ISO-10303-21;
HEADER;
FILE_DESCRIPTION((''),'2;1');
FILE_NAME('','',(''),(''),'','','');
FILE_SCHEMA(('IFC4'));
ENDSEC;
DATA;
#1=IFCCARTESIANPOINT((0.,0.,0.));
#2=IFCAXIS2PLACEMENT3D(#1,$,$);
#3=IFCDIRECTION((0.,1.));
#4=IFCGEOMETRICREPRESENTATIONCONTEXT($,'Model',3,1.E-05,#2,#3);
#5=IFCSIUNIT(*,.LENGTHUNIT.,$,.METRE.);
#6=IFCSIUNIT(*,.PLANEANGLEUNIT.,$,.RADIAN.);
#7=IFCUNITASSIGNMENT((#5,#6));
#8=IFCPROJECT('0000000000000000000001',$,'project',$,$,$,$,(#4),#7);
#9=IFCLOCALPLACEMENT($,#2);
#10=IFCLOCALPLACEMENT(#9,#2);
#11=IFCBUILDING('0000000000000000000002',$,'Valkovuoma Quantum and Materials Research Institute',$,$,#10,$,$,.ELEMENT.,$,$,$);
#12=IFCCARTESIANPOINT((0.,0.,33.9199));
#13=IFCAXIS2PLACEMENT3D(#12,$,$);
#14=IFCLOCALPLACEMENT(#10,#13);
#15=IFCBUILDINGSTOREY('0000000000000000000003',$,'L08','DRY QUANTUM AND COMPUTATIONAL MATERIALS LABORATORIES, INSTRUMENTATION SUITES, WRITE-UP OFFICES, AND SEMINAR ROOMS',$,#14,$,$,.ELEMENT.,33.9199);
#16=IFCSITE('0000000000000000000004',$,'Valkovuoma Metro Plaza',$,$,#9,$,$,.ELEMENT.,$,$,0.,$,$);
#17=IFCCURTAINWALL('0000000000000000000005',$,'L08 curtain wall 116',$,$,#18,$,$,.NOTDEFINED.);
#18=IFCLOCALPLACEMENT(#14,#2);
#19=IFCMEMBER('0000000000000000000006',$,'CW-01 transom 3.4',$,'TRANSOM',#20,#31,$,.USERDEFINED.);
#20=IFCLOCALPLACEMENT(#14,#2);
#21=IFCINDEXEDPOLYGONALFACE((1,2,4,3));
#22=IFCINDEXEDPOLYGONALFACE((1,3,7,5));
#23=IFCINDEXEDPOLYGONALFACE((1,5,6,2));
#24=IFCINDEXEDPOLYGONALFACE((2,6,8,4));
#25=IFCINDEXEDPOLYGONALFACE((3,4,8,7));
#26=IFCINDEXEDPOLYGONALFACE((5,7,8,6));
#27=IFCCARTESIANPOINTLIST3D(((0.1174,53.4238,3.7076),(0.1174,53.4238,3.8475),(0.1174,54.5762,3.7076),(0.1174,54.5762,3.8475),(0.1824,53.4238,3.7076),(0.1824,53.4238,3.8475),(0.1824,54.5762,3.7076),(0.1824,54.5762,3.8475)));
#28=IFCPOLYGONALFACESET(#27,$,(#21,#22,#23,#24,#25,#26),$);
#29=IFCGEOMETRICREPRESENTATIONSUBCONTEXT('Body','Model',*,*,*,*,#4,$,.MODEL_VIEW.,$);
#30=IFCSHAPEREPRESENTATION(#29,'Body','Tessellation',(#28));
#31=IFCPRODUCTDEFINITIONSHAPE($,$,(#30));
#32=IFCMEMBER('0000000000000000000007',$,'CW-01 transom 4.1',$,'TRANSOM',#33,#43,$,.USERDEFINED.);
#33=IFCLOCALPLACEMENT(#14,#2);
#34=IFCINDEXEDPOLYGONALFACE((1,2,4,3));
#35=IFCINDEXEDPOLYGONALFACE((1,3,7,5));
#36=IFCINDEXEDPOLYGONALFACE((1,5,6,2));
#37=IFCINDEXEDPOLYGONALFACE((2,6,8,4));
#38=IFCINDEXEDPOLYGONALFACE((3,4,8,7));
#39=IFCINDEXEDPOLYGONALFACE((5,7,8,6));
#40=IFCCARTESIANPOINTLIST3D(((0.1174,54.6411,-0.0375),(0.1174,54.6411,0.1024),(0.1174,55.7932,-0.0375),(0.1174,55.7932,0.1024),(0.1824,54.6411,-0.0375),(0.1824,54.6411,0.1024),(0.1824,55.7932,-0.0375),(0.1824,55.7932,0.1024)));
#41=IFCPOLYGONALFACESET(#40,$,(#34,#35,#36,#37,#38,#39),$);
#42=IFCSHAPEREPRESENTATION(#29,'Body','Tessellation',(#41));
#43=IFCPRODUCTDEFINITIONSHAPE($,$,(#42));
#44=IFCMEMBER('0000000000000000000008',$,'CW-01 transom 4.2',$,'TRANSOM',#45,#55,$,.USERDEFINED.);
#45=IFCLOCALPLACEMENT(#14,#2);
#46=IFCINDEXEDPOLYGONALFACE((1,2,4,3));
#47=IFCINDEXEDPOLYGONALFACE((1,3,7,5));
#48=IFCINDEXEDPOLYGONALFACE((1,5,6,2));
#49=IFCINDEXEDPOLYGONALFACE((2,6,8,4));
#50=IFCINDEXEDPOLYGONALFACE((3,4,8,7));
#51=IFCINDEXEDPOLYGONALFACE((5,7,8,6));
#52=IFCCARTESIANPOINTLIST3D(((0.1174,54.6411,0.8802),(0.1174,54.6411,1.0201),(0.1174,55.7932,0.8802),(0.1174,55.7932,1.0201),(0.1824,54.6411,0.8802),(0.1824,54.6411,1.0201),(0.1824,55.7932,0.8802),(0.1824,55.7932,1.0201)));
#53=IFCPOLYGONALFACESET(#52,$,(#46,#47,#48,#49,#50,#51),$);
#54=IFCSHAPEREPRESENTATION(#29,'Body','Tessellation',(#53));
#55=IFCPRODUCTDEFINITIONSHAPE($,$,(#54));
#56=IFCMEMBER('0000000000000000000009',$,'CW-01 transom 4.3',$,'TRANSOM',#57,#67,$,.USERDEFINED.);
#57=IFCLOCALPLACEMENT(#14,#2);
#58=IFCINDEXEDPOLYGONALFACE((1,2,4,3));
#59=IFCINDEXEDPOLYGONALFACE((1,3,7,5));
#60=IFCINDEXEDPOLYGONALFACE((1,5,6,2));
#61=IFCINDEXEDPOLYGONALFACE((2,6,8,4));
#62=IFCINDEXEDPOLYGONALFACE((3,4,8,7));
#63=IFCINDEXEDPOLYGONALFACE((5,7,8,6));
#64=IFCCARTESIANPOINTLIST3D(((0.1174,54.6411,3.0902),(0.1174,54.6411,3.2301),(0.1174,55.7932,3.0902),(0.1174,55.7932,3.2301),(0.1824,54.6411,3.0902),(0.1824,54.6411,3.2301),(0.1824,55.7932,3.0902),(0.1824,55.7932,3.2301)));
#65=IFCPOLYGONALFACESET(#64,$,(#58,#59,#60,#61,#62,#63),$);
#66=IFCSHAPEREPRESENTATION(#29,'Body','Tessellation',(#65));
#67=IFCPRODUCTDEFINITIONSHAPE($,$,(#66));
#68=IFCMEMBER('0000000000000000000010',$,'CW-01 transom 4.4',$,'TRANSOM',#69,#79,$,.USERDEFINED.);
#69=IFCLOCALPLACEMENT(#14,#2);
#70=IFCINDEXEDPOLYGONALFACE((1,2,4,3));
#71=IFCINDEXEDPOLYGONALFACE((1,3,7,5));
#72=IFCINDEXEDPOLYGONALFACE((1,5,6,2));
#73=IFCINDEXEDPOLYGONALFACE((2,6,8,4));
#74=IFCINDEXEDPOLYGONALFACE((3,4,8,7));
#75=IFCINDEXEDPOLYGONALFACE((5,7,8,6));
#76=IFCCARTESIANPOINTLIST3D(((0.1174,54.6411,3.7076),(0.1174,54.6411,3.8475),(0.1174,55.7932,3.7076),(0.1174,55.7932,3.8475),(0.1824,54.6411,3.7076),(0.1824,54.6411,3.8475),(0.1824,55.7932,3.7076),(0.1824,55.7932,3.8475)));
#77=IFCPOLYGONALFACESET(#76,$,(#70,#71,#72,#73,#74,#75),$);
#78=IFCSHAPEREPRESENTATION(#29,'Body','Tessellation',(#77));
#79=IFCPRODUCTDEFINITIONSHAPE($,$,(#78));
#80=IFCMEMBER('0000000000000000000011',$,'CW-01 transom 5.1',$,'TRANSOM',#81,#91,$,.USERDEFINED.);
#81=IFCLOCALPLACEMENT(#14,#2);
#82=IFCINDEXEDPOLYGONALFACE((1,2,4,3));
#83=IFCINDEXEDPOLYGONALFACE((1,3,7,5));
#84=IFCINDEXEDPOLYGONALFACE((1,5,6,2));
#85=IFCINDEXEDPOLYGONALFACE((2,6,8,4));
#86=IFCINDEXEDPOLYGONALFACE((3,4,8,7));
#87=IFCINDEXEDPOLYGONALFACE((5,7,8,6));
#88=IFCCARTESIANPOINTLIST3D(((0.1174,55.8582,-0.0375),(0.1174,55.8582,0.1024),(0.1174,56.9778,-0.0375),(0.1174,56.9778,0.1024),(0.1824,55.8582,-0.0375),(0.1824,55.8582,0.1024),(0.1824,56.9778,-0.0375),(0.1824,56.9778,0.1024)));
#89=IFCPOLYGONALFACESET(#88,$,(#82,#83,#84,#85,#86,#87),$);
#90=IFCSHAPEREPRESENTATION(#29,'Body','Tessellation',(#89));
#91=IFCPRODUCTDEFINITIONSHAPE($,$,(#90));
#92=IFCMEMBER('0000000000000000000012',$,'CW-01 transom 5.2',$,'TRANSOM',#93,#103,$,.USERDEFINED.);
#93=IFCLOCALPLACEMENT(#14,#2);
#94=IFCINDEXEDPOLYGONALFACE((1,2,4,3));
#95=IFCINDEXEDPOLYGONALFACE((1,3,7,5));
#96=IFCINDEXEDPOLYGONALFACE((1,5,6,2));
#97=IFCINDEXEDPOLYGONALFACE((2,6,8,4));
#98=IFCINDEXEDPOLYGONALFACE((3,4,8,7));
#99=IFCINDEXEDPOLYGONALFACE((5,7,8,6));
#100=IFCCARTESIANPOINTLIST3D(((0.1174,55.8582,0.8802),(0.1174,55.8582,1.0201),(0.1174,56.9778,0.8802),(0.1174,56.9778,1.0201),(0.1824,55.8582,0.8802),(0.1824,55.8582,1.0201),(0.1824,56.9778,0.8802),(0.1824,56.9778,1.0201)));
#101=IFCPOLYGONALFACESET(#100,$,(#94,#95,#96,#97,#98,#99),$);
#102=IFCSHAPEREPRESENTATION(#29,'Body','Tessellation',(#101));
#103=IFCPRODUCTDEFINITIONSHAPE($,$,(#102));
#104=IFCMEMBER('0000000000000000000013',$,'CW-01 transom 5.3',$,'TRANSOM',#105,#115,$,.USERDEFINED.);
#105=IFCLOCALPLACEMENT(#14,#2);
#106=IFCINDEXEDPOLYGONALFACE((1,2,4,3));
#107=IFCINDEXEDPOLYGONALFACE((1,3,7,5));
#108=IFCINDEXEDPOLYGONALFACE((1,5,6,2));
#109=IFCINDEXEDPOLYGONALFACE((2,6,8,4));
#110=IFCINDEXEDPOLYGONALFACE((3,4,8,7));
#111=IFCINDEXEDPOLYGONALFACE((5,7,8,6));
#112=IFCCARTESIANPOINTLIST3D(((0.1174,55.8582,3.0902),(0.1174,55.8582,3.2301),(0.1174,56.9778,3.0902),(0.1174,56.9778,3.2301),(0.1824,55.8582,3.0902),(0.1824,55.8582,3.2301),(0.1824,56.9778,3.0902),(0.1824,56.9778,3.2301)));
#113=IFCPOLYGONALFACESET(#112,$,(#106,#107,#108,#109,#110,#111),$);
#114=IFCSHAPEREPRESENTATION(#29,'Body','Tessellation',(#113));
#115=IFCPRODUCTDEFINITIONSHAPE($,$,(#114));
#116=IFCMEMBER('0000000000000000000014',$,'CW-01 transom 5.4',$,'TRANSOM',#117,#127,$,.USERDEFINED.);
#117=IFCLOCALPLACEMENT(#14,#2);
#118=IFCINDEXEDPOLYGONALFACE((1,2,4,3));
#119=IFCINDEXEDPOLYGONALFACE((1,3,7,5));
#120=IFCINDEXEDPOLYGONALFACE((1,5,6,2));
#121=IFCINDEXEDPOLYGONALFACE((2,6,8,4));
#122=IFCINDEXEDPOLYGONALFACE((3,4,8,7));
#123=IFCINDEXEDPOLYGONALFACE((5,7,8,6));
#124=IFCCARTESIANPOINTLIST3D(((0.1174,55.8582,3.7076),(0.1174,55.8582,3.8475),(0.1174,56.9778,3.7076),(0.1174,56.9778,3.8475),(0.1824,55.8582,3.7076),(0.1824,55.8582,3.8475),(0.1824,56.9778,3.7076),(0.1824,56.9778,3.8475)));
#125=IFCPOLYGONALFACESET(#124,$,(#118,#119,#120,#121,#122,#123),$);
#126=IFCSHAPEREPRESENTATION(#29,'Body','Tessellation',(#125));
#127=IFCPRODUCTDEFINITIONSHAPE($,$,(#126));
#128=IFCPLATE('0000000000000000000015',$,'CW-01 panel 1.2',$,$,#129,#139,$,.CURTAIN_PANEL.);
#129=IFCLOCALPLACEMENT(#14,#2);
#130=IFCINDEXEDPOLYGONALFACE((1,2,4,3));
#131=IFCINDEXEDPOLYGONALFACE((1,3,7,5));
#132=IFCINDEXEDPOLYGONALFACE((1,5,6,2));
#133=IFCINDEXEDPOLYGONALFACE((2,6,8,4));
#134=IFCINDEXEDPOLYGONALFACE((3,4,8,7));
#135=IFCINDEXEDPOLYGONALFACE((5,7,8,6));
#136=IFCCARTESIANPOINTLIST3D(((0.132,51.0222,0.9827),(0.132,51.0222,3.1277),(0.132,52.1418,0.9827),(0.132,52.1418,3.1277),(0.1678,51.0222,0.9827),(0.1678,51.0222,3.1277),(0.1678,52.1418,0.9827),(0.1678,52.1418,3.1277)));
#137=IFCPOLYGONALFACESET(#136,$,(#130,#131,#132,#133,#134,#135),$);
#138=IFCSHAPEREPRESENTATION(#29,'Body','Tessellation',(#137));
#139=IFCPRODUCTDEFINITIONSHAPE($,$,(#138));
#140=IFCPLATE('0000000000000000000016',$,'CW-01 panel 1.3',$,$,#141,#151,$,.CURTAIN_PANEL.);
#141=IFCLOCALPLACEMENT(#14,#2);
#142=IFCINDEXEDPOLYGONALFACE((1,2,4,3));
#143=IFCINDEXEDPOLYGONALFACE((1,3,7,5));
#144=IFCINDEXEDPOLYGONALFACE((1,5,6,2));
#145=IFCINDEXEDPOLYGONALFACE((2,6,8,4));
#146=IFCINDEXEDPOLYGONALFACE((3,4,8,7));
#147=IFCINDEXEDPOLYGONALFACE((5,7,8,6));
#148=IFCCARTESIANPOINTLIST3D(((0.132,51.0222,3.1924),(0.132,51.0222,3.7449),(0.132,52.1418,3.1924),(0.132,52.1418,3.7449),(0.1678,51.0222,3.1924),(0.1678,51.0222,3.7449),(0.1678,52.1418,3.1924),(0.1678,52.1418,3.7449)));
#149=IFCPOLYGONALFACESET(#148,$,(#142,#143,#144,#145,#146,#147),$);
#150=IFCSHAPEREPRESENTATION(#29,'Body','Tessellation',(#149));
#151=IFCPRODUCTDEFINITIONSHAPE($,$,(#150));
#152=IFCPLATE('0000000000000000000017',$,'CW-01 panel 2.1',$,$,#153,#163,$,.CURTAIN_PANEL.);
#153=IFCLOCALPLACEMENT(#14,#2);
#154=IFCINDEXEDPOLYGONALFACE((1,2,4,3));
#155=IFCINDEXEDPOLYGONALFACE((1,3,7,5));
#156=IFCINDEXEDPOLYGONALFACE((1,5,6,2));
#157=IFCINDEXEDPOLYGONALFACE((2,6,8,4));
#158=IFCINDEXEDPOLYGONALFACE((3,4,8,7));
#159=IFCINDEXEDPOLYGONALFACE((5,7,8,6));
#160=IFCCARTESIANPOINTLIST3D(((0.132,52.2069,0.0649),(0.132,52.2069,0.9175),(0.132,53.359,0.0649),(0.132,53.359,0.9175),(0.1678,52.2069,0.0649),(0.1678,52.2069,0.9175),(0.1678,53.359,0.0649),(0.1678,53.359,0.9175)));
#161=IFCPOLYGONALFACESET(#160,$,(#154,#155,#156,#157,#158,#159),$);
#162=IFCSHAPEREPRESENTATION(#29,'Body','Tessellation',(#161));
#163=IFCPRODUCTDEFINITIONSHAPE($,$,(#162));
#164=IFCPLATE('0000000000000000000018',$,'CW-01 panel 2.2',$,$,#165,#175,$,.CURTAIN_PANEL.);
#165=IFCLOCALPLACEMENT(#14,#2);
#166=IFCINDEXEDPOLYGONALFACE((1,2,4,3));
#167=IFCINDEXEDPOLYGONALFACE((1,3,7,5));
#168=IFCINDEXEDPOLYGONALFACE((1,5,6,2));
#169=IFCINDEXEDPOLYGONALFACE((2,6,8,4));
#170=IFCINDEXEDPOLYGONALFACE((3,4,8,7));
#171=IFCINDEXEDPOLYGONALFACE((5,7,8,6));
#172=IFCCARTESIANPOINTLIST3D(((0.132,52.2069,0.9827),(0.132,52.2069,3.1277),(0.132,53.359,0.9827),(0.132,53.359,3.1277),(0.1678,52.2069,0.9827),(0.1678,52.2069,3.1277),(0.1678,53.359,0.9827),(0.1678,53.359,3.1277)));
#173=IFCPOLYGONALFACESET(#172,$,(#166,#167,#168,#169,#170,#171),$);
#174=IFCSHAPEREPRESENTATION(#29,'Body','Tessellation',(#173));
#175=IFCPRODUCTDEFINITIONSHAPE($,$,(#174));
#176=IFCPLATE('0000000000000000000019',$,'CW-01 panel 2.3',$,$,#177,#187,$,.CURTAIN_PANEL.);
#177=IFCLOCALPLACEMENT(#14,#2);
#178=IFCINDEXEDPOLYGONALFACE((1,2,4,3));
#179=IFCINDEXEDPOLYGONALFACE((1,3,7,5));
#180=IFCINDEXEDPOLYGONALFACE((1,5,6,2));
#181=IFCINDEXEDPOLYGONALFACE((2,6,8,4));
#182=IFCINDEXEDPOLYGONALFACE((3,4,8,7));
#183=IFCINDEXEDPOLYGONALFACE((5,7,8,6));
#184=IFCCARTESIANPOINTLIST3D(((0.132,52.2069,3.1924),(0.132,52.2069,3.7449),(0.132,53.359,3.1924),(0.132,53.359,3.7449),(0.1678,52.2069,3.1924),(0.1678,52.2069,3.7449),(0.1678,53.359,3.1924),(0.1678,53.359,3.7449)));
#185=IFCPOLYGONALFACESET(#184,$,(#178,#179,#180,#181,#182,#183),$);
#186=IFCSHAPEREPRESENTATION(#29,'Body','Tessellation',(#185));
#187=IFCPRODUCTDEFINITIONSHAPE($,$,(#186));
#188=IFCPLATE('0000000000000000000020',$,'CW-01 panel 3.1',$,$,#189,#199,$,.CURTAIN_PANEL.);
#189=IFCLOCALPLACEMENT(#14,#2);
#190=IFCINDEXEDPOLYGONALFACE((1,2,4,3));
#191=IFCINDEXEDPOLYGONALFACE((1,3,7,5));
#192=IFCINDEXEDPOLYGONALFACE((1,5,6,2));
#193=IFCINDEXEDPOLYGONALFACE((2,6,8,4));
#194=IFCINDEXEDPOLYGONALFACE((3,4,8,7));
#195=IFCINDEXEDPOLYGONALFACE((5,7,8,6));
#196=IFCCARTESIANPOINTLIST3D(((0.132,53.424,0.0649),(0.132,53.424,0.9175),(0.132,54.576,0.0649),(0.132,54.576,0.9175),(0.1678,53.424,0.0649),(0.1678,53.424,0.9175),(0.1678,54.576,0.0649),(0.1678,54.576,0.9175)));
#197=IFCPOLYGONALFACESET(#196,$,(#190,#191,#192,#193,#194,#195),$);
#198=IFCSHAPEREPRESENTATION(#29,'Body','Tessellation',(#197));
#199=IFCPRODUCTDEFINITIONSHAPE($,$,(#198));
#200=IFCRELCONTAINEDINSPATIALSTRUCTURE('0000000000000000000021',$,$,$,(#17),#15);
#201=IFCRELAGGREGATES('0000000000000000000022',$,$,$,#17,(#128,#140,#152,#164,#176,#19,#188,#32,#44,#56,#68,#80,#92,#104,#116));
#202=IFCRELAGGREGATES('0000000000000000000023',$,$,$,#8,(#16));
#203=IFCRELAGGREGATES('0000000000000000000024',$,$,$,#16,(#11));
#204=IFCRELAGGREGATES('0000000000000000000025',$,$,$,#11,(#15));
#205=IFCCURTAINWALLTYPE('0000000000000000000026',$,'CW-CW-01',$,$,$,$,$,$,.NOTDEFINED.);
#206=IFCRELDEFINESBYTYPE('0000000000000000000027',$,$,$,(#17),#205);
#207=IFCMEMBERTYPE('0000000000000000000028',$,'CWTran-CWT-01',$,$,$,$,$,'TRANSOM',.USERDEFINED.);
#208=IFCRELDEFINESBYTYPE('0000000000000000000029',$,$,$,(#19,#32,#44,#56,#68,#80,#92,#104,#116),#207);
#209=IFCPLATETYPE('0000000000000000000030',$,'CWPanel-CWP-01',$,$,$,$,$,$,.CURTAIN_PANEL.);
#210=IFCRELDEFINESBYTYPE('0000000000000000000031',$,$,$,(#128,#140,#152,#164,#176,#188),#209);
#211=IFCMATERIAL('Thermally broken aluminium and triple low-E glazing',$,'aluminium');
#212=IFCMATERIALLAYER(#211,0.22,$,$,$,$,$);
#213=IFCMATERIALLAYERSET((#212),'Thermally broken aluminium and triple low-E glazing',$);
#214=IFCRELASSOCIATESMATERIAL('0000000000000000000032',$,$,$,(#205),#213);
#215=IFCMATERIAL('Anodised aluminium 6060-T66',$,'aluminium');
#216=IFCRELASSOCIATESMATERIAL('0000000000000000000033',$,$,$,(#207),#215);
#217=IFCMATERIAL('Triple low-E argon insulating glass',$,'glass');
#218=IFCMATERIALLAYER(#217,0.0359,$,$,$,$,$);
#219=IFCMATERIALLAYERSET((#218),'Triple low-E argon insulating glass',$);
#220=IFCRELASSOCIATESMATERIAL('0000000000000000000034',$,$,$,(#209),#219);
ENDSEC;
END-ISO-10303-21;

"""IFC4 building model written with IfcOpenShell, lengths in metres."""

from ifc_helpers import new_model, si_unit, direction, frame, origin, origin_2d, place, context, subcontext, project, spatial, rectangle, extrude, material, layer, layer_set, material_profile, profile_set, type_object, element, aggregate, save


model = new_model("IFC4")

# Units and contexts
model_context = context("Model", 3, precision=1e-05, world=origin(), true_north=direction((0.0, 1.0)))
body_context = subcontext(model_context, "Body", "Model", "MODEL_VIEW")
ifc_project = project(units=[si_unit("LENGTHUNIT", "METRE"), si_unit("PLANEANGLEUNIT", "RADIAN")], contexts=[model_context])

# Site, building, storey
site_placement = place(None, origin())
site = spatial("IfcSite", under=ifc_project, at=site_placement, Name="Valkovuoma Metro Plaza", CompositionType="ELEMENT", RefElevation=0.0)
building_placement = place(site_placement, origin())
building = spatial("IfcBuilding", under=site, at=building_placement, Name="Valkovuoma Quantum and Materials Research Institute", CompositionType="ELEMENT")
storey_placement = place(building_placement, frame((0.0, 0.0, 33.9199)))
storey = spatial("IfcBuildingStorey", under=building, at=storey_placement, Name="L08", Description="DRY QUANTUM AND COMPUTATIONAL MATERIALS LABORATORIES, INSTRUMENTATION SUITES, WRITE-UP OFFICES, AND SEMINAR ROOMS", CompositionType="ELEMENT", Elevation=33.9199)

# Curtain wall, members, plates
ifc_material_1 = material(Name="Thermally broken aluminium and triple low-E glazing", Category="aluminium")
ifc_layer_1 = layer(ifc_material_1, 0.22)
ifc_layer_set_1 = layer_set([ifc_layer_1], Name="Thermally broken aluminium and triple low-E glazing")
curtain_wall_type = type_object("IfcCurtainWallType", Name="CW-CW-01", PredefinedType="NOTDEFINED", material=ifc_layer_set_1)
curtain_wall_placement = place(storey_placement, origin())
curtain_wall = element("IfcCurtainWall", 1, at=curtain_wall_placement, inside=storey, type_object=curtain_wall_type, Name="L08 curtain wall 116", PredefinedType="NOTDEFINED")
ifc_material_2 = material(Name="Anodised aluminium 6060-T66", Category="aluminium")
ifc_material_profile_1 = material_profile(ifc_material_2, rectangle(XDim=0.0649, YDim=0.1399, at=origin_2d()), Name="Anodised aluminium 6060-T66")
ifc_profile_set_1 = profile_set([ifc_material_profile_1], Name="Anodised aluminium 6060-T66")
member_type_1 = type_object("IfcMemberType", Name="CWTran-CWT-01", ElementType="TRANSOM", PredefinedType="USERDEFINED", material=ifc_profile_set_1)
member_1_placement = place(storey_placement, frame((0.1499, 53.4238, 3.7776), z_axis=(0.0, 1.0, 0.0), x_axis=(-1.0, 0.0, 0.0)))
member_1 = element("IfcMember", 2, at=member_1_placement, type_object=member_type_1, Name="CW-01 transom 3.4", ObjectType="TRANSOM", PredefinedType="USERDEFINED", context=body_context, shape_type="SweptSolid", body=[
    extrude(rectangle(XDim=0.0649, YDim=0.1399, at=origin_2d()), origin(), (0.0, 0.0, 1.0), 1.1523),
])
member_2_placement = place(storey_placement, frame((0.1499, 54.6411, 0.0325), z_axis=(0.0, 1.0, 0.0), x_axis=(-1.0, 0.0, 0.0)))
member_2 = element("IfcMember", 3, at=member_2_placement, type_object=member_type_1, Name="CW-01 transom 4.1", ObjectType="TRANSOM", PredefinedType="USERDEFINED", context=body_context, shape_type="SweptSolid", body=[
    extrude(rectangle(XDim=0.0649, YDim=0.1399, at=origin_2d()), origin(), (0.0, 0.0, 1.0), 1.1521),
])
member_3_placement = place(storey_placement, frame((0.1499, 54.6411, 0.9502), z_axis=(0.0, 1.0, 0.0), x_axis=(-1.0, 0.0, 0.0)))
member_3 = element("IfcMember", 4, at=member_3_placement, type_object=member_type_1, Name="CW-01 transom 4.2", ObjectType="TRANSOM", PredefinedType="USERDEFINED", context=body_context, shape_type="SweptSolid", body=[
    extrude(rectangle(XDim=0.0649, YDim=0.1399, at=origin_2d()), origin(), (0.0, 0.0, 1.0), 1.1521),
])
member_4_placement = place(storey_placement, frame((0.1499, 54.6411, 3.1602), z_axis=(0.0, 1.0, 0.0), x_axis=(-1.0, 0.0, 0.0)))
member_4 = element("IfcMember", 5, at=member_4_placement, type_object=member_type_1, Name="CW-01 transom 4.3", ObjectType="TRANSOM", PredefinedType="USERDEFINED", context=body_context, shape_type="SweptSolid", body=[
    extrude(rectangle(XDim=0.0649, YDim=0.1399, at=origin_2d()), origin(), (0.0, 0.0, 1.0), 1.1521),
])
member_5_placement = place(storey_placement, frame((0.1499, 54.6411, 3.7776), z_axis=(0.0, 1.0, 0.0), x_axis=(-1.0, 0.0, 0.0)))
member_5 = element("IfcMember", 6, at=member_5_placement, type_object=member_type_1, Name="CW-01 transom 4.4", ObjectType="TRANSOM", PredefinedType="USERDEFINED", context=body_context, shape_type="SweptSolid", body=[
    extrude(rectangle(XDim=0.0649, YDim=0.1399, at=origin_2d()), origin(), (0.0, 0.0, 1.0), 1.1521),
])
member_6_placement = place(storey_placement, frame((0.1499, 55.8582, 0.0325), z_axis=(0.0, 1.0, 0.0), x_axis=(-1.0, 0.0, 0.0)))
member_6 = element("IfcMember", 7, at=member_6_placement, type_object=member_type_1, Name="CW-01 transom 5.1", ObjectType="TRANSOM", PredefinedType="USERDEFINED", context=body_context, shape_type="SweptSolid", body=[
    extrude(rectangle(XDim=0.0649, YDim=0.1399, at=origin_2d()), origin(), (0.0, 0.0, 1.0), 1.1196),
])
member_7_placement = place(storey_placement, frame((0.1499, 55.8582, 0.9502), z_axis=(0.0, 1.0, 0.0), x_axis=(-1.0, 0.0, 0.0)))
member_7 = element("IfcMember", 8, at=member_7_placement, type_object=member_type_1, Name="CW-01 transom 5.2", ObjectType="TRANSOM", PredefinedType="USERDEFINED", context=body_context, shape_type="SweptSolid", body=[
    extrude(rectangle(XDim=0.0649, YDim=0.1399, at=origin_2d()), origin(), (0.0, 0.0, 1.0), 1.1196),
])
member_8_placement = place(storey_placement, frame((0.1499, 55.8582, 3.1602), z_axis=(0.0, 1.0, 0.0), x_axis=(-1.0, 0.0, 0.0)))
member_8 = element("IfcMember", 9, at=member_8_placement, type_object=member_type_1, Name="CW-01 transom 5.3", ObjectType="TRANSOM", PredefinedType="USERDEFINED", context=body_context, shape_type="SweptSolid", body=[
    extrude(rectangle(XDim=0.0649, YDim=0.1399, at=origin_2d()), origin(), (0.0, 0.0, 1.0), 1.1196),
])
member_9_placement = place(storey_placement, frame((0.1499, 55.8582, 3.7776), z_axis=(0.0, 1.0, 0.0), x_axis=(-1.0, 0.0, 0.0)))
member_9 = element("IfcMember", 10, at=member_9_placement, type_object=member_type_1, Name="CW-01 transom 5.4", ObjectType="TRANSOM", PredefinedType="USERDEFINED", context=body_context, shape_type="SweptSolid", body=[
    extrude(rectangle(XDim=0.0649, YDim=0.1399, at=origin_2d()), origin(), (0.0, 0.0, 1.0), 1.1196),
])
ifc_material_3 = material(Name="Triple low-E argon insulating glass", Category="glass")
ifc_layer_2 = layer(ifc_material_3, 0.0359)
ifc_layer_set_2 = layer_set([ifc_layer_2], Name="Triple low-E argon insulating glass")
plate_type = type_object("IfcPlateType", Name="CWPanel-CWP-01", PredefinedType="CURTAIN_PANEL", material=ifc_layer_set_2)
plate_1_placement = place(storey_placement, frame((0.1499, 51.582, 0.9827), z_axis=(0.0, 0.0, 1.0), x_axis=(0.0, 1.0, 0.0)))
plate_1 = element("IfcPlate", 11, at=plate_1_placement, type_object=plate_type, Name="CW-01 panel 1.2", PredefinedType="CURTAIN_PANEL", context=body_context, shape_type="SweptSolid", body=[
    extrude(rectangle(XDim=1.1196, YDim=0.0359, at=origin_2d()), origin(), (0.0, 0.0, 1.0), 2.145),
])
plate_2_placement = place(storey_placement, frame((0.1499, 51.582, 3.1924), z_axis=(0.0, 0.0, 1.0), x_axis=(0.0, 1.0, 0.0)))
plate_2 = element("IfcPlate", 12, at=plate_2_placement, type_object=plate_type, Name="CW-01 panel 1.3", PredefinedType="CURTAIN_PANEL", context=body_context, shape_type="SweptSolid", body=[
    extrude(rectangle(XDim=1.1196, YDim=0.0359, at=origin_2d()), origin(), (0.0, 0.0, 1.0), 0.5525),
])
plate_3_placement = place(storey_placement, frame((0.1499, 52.783, 0.0649), z_axis=(0.0, 0.0, 1.0), x_axis=(0.0, 1.0, 0.0)))
plate_3 = element("IfcPlate", 13, at=plate_3_placement, type_object=plate_type, Name="CW-01 panel 2.1", PredefinedType="CURTAIN_PANEL", context=body_context, shape_type="SweptSolid", body=[
    extrude(rectangle(XDim=1.1521, YDim=0.0359, at=origin_2d()), origin(), (0.0, 0.0, 1.0), 0.8525),
])
plate_4_placement = place(storey_placement, frame((0.1499, 52.783, 0.9827), z_axis=(0.0, 0.0, 1.0), x_axis=(0.0, 1.0, 0.0)))
plate_4 = element("IfcPlate", 14, at=plate_4_placement, type_object=plate_type, Name="CW-01 panel 2.2", PredefinedType="CURTAIN_PANEL", context=body_context, shape_type="SweptSolid", body=[
    extrude(rectangle(XDim=1.1521, YDim=0.0359, at=origin_2d()), origin(), (0.0, 0.0, 1.0), 2.145),
])
plate_5_placement = place(storey_placement, frame((0.1499, 52.783, 3.1924), z_axis=(0.0, 0.0, 1.0), x_axis=(0.0, 1.0, 0.0)))
plate_5 = element("IfcPlate", 15, at=plate_5_placement, type_object=plate_type, Name="CW-01 panel 2.3", PredefinedType="CURTAIN_PANEL", context=body_context, shape_type="SweptSolid", body=[
    extrude(rectangle(XDim=1.1521, YDim=0.0359, at=origin_2d()), origin(), (0.0, 0.0, 1.0), 0.5525),
])
plate_6_placement = place(storey_placement, frame((0.1499, 54.0, 0.0649), z_axis=(0.0, 0.0, 1.0), x_axis=(0.0, 1.0, 0.0)))
plate_6 = element("IfcPlate", 16, at=plate_6_placement, type_object=plate_type, Name="CW-01 panel 3.1", PredefinedType="CURTAIN_PANEL", context=body_context, shape_type="SweptSolid", body=[
    extrude(rectangle(XDim=1.1521, YDim=0.0359, at=origin_2d()), origin(), (0.0, 0.0, 1.0), 0.8525),
])
aggregate(curtain_wall, [plate_1, plate_2, plate_3, plate_4, plate_5, member_1, plate_6, member_2, member_3, member_4, member_5, member_6, member_7, member_8, member_9])

save(model, "model.ifc")
